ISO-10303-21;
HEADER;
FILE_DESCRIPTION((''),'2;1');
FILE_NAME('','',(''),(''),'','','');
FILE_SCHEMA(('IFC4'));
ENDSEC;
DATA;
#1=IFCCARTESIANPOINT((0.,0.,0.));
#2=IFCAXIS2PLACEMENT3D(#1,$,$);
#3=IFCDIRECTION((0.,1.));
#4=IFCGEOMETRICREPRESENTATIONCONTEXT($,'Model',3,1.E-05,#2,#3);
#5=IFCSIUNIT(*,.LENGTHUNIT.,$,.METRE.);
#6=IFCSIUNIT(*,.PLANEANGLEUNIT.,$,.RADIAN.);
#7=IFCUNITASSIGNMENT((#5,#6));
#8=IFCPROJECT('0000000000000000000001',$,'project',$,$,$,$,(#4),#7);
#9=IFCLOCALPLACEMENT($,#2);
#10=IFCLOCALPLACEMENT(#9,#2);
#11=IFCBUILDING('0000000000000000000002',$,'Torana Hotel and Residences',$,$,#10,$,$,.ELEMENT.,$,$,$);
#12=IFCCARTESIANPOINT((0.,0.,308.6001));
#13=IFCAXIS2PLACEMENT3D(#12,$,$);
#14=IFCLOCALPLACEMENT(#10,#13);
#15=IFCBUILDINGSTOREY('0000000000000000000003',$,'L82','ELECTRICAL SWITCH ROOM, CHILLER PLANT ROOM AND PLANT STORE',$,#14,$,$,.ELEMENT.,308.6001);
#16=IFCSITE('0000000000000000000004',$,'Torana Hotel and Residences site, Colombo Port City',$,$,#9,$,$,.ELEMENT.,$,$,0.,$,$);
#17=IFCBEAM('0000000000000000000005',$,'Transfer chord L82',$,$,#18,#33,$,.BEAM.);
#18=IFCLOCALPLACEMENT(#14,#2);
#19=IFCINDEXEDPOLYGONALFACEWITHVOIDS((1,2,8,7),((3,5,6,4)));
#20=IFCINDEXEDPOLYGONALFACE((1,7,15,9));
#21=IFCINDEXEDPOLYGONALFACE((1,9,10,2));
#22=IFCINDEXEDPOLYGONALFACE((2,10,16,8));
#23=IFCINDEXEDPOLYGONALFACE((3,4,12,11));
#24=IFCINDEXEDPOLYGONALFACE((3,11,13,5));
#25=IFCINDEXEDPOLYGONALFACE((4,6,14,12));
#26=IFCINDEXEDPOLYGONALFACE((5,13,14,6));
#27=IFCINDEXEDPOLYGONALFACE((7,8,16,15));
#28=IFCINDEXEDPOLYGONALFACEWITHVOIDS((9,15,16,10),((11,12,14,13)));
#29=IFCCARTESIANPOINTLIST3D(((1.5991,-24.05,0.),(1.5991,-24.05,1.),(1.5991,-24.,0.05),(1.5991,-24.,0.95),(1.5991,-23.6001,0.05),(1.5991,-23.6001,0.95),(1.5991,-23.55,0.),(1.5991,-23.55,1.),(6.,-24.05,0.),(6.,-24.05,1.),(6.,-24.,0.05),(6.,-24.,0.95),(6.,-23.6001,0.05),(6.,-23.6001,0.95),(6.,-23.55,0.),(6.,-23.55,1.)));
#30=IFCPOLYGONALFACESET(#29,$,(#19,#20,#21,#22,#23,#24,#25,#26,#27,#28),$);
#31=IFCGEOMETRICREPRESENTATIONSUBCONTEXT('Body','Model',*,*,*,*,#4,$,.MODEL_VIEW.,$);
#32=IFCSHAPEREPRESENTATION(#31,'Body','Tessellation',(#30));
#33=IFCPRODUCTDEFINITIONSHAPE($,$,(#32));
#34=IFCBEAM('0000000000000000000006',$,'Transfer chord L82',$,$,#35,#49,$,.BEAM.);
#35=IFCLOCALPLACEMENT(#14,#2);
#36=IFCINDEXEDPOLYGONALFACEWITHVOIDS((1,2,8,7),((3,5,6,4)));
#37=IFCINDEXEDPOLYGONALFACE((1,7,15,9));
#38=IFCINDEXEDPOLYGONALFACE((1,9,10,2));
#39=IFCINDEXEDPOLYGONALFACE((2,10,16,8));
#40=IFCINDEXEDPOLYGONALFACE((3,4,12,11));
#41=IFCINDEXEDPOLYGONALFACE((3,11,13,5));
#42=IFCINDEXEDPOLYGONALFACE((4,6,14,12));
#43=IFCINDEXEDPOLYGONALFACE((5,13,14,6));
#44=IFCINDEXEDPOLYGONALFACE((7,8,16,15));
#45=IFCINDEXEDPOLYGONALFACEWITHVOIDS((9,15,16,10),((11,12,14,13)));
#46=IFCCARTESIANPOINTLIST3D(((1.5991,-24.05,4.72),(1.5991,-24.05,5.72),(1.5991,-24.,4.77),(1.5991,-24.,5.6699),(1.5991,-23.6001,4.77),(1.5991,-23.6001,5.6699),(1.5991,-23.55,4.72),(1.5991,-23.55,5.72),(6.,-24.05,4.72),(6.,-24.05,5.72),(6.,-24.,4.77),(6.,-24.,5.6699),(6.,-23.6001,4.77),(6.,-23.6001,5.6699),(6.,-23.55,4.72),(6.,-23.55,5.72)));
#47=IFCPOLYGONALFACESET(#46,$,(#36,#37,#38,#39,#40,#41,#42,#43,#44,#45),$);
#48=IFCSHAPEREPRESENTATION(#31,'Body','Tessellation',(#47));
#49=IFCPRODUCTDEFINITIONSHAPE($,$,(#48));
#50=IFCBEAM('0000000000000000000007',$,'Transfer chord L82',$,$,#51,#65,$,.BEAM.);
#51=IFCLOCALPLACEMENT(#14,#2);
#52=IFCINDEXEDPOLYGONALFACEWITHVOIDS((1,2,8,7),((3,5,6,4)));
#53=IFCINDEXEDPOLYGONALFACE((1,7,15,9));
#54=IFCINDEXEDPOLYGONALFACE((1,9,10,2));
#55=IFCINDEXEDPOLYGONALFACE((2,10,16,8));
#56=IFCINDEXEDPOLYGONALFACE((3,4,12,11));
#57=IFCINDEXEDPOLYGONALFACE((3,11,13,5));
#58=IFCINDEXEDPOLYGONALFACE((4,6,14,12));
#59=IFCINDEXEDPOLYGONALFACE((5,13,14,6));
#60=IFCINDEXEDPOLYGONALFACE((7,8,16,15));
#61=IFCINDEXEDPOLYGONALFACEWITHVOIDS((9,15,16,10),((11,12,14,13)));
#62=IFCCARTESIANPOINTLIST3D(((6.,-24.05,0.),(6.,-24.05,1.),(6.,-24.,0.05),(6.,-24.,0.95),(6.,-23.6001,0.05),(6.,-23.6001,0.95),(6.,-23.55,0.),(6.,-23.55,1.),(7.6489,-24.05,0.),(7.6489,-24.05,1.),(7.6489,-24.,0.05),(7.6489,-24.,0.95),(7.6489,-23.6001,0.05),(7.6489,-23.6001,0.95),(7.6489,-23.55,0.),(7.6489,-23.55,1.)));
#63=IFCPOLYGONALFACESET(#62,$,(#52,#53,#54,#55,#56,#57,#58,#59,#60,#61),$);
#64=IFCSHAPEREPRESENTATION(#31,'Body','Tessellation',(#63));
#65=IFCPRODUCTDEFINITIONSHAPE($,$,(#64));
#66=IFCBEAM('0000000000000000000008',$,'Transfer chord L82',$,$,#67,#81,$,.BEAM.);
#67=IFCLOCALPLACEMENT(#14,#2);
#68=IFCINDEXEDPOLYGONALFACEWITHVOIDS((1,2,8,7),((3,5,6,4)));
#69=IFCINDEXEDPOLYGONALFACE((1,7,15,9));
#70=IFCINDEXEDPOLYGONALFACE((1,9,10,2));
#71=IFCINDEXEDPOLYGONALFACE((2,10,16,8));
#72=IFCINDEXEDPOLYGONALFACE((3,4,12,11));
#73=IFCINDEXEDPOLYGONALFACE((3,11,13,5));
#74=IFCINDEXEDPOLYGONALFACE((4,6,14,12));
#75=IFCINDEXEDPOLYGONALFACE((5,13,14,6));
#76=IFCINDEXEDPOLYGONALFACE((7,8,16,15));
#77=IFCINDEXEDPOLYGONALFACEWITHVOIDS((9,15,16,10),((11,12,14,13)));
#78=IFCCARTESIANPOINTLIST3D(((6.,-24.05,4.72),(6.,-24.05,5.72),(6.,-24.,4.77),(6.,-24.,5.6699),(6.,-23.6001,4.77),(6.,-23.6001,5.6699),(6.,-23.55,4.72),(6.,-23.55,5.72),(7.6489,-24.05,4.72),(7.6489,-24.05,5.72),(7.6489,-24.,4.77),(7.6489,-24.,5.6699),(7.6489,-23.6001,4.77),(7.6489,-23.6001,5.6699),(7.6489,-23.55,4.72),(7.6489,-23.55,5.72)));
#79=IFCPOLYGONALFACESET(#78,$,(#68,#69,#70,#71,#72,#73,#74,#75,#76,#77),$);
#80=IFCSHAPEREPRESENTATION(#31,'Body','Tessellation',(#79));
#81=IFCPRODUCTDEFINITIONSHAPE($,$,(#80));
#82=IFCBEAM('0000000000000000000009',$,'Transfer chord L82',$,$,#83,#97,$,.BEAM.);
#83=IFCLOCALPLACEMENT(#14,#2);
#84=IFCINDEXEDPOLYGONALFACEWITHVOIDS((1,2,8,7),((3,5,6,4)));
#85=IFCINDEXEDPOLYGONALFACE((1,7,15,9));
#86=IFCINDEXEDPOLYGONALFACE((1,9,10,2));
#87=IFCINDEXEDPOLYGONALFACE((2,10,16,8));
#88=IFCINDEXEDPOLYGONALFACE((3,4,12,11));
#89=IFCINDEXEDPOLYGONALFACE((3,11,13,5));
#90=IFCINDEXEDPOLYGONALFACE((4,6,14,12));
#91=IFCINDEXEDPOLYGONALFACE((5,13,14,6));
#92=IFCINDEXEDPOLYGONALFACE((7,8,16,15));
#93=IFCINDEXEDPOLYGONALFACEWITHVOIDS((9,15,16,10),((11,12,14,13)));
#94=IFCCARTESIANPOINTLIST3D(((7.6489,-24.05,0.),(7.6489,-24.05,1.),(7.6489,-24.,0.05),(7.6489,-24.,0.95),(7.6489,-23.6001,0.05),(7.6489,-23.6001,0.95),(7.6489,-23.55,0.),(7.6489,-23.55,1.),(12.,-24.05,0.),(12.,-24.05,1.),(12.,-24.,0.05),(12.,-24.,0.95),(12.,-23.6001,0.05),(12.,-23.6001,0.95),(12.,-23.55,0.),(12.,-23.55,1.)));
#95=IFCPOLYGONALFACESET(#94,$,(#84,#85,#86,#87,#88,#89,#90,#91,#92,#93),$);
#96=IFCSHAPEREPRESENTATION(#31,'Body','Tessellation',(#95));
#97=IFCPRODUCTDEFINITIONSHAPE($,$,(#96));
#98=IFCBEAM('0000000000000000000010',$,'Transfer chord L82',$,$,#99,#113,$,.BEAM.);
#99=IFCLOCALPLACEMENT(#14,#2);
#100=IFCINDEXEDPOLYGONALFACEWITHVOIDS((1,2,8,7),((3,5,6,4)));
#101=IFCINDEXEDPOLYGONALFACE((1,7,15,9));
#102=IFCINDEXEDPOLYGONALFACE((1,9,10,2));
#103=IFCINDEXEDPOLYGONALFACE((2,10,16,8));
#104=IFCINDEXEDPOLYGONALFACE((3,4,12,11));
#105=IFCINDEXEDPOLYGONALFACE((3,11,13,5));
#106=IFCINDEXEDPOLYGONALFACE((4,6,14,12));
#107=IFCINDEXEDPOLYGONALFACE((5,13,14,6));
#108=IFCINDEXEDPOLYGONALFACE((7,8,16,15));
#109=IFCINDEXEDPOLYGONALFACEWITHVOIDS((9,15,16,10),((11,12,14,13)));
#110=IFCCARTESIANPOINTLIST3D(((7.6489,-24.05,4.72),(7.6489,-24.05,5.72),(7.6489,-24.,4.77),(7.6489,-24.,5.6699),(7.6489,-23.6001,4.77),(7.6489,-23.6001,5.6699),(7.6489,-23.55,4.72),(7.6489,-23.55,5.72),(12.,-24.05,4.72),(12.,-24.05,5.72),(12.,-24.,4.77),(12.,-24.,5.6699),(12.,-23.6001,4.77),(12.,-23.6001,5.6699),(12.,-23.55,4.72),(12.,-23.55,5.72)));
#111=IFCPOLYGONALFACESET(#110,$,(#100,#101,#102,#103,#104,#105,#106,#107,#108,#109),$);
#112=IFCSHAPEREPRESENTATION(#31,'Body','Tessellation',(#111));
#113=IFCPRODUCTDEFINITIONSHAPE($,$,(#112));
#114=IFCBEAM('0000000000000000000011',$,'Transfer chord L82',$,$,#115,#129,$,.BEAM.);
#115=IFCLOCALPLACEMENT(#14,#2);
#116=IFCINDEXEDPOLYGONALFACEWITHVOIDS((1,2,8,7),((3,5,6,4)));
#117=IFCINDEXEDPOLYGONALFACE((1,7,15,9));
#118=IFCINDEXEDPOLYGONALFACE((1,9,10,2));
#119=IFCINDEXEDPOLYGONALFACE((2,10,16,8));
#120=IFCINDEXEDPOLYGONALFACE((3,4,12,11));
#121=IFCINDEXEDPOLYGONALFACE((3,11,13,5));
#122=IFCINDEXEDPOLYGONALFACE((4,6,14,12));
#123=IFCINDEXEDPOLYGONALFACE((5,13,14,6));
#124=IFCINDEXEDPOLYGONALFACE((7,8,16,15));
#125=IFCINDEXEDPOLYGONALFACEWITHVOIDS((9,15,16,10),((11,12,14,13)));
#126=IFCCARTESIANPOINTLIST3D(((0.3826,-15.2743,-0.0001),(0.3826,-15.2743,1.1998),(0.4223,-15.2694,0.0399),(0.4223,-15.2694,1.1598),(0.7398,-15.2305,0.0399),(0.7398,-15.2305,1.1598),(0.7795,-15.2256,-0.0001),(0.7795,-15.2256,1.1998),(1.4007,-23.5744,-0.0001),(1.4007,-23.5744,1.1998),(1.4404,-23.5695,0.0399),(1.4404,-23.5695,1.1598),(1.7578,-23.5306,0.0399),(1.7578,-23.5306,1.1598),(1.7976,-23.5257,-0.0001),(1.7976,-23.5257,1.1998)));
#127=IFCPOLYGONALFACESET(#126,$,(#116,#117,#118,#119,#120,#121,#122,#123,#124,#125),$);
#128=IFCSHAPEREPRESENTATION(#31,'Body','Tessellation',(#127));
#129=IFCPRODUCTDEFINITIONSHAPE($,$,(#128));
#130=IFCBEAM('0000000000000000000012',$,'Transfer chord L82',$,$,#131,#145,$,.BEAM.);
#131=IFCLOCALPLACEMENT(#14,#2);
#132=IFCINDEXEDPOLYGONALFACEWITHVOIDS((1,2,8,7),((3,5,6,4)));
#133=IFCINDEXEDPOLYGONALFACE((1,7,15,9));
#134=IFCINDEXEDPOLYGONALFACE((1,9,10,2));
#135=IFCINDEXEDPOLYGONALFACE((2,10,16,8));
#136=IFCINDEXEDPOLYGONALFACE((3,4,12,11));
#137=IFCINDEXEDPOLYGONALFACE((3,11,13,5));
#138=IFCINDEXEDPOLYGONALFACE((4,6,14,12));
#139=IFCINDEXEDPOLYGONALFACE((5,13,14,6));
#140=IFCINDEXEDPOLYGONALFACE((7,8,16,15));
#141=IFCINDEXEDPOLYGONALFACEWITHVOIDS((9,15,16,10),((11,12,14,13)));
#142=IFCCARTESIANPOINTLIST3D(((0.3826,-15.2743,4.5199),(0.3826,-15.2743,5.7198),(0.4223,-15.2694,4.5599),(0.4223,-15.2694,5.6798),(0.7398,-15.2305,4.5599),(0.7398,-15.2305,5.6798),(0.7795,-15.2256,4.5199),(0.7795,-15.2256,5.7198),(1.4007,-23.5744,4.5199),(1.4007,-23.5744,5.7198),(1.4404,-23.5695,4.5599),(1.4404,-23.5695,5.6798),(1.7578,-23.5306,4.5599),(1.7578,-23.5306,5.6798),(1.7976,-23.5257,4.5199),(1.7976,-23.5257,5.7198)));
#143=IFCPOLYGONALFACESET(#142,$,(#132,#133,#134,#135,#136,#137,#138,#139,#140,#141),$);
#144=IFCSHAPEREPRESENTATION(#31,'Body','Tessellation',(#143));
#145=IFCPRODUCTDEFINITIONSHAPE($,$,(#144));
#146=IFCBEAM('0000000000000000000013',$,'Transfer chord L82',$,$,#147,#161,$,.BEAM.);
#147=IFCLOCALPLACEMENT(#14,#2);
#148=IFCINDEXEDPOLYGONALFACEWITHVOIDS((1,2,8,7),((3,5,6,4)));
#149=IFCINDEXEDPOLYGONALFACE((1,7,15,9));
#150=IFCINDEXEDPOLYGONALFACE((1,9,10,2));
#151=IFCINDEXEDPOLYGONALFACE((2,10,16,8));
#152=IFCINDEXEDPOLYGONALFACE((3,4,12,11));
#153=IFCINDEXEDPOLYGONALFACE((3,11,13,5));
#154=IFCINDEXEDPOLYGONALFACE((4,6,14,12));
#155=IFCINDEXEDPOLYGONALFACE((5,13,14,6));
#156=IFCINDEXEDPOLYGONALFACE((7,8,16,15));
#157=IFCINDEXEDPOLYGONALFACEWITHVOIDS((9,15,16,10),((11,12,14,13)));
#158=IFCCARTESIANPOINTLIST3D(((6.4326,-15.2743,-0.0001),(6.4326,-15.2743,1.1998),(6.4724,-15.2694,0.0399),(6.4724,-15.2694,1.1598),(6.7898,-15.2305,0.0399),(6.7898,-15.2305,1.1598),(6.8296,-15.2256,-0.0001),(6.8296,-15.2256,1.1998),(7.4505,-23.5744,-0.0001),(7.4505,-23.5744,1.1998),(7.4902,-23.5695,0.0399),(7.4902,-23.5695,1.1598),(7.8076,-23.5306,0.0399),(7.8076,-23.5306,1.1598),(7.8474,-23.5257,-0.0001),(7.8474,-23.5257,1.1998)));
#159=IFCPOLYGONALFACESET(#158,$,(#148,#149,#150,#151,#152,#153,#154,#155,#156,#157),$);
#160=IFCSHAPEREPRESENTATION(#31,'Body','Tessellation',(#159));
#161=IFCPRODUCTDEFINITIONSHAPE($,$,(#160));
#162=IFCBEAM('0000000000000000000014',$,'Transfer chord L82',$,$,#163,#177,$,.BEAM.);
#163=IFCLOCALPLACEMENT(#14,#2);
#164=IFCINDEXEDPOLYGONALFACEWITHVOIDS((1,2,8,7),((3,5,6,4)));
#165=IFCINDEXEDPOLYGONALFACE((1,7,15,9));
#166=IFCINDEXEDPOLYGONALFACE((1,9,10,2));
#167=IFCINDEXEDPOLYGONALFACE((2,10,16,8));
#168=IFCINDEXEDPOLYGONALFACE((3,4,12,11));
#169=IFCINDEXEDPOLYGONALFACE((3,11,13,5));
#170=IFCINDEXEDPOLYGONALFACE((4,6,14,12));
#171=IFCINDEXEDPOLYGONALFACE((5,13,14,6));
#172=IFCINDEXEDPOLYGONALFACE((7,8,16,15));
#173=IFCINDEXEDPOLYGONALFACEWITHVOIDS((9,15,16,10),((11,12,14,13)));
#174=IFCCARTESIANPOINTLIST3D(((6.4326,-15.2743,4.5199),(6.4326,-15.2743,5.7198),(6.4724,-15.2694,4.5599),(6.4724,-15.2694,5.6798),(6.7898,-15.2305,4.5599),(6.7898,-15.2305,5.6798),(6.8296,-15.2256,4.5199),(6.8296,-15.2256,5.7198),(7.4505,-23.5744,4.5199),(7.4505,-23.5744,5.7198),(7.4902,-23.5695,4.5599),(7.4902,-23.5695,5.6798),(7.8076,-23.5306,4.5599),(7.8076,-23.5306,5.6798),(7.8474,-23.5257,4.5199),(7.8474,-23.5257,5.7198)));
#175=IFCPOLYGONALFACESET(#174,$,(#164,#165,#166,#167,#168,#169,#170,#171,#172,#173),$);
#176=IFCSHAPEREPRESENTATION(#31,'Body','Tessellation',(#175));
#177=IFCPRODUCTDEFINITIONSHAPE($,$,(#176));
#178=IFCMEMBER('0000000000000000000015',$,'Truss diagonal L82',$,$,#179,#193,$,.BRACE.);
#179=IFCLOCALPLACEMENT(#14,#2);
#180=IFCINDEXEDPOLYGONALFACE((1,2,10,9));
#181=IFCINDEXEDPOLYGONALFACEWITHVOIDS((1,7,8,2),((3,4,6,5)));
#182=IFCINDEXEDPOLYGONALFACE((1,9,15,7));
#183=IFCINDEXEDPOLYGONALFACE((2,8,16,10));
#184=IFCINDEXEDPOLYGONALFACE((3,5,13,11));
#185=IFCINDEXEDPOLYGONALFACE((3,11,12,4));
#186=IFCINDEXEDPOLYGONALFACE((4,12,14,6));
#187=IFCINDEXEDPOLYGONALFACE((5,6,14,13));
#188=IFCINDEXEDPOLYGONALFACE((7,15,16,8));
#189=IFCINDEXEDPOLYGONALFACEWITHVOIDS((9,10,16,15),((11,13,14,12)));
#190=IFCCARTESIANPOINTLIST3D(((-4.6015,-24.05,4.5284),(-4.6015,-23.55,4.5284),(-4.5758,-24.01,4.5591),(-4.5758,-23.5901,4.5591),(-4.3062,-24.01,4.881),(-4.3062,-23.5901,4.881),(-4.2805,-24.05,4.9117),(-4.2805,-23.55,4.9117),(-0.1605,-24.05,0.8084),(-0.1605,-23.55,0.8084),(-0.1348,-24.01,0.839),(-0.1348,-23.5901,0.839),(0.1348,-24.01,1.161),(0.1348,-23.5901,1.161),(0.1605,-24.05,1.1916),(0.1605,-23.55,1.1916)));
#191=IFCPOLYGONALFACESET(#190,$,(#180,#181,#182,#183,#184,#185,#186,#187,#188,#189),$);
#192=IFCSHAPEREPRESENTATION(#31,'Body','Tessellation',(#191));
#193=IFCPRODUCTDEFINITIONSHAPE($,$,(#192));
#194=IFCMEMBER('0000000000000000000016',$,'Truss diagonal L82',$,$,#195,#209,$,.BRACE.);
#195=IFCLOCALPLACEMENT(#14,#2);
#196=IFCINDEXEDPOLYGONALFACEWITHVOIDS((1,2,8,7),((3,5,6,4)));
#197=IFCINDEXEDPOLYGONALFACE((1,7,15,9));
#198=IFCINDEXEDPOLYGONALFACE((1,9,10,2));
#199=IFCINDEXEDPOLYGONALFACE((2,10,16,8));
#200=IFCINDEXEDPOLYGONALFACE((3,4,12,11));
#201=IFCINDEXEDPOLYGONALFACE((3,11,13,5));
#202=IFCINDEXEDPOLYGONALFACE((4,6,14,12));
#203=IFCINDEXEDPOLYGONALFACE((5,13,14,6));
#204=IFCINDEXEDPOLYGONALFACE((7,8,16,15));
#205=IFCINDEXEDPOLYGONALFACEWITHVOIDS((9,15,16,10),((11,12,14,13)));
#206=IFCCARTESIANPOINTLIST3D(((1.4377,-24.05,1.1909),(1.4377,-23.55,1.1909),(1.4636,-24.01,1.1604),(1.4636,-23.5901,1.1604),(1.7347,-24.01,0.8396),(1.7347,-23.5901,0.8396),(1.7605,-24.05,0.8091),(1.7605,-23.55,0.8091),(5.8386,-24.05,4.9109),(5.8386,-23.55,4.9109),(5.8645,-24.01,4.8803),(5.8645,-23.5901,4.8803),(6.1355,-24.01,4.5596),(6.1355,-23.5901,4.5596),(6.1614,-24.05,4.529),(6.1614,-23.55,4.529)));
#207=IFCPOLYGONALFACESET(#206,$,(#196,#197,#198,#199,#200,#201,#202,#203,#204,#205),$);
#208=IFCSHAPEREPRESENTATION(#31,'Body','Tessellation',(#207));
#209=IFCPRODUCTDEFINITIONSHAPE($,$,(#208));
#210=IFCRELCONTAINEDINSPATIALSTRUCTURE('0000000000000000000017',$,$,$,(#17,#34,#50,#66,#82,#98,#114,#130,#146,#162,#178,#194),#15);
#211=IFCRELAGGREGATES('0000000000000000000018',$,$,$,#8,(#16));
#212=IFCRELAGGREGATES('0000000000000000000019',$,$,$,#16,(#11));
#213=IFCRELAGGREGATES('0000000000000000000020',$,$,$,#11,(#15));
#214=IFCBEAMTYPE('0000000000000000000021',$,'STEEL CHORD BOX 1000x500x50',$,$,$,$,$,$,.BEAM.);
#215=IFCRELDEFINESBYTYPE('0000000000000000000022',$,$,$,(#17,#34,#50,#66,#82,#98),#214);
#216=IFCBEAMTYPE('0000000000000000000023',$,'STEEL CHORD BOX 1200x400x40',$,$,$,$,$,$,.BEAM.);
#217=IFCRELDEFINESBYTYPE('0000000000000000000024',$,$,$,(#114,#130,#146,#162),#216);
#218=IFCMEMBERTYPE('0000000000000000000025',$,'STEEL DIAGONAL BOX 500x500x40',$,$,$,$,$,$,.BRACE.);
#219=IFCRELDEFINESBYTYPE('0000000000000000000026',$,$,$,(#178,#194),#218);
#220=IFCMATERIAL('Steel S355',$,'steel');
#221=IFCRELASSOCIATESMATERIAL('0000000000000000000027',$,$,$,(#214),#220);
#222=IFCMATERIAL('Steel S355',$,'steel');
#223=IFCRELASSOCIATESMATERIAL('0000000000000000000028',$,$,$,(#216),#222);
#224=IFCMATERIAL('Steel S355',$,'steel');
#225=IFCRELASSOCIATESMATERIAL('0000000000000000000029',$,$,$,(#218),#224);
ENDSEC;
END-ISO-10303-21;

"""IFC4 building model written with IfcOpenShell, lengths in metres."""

from ifc_helpers import new_model, si_unit, direction, frame, origin, origin_2d, place, context, subcontext, project, spatial, hollow_rectangle, extrude, material, material_profile, profile_set, type_object, element, save


model = new_model("IFC4")

# Units and contexts
model_context = context("Model", 3, precision=1e-05, world=origin(), true_north=direction((0.0, 1.0)))
body_context = subcontext(model_context, "Body", "Model", "MODEL_VIEW")
ifc_project = project(units=[si_unit("LENGTHUNIT", "METRE"), si_unit("PLANEANGLEUNIT", "RADIAN")], contexts=[model_context])

# Site, building, storey
site_placement = place(None, origin())
site = spatial("IfcSite", under=ifc_project, at=site_placement, Name="Torana Hotel and Residences site, Colombo Port City", CompositionType="ELEMENT", RefElevation=0.0)
building_placement = place(site_placement, origin())
building = spatial("IfcBuilding", under=site, at=building_placement, Name="Torana Hotel and Residences", CompositionType="ELEMENT")
storey_placement = place(building_placement, frame((0.0, 0.0, 308.6001)))
storey = spatial("IfcBuildingStorey", under=building, at=storey_placement, Name="L82", Description="ELECTRICAL SWITCH ROOM, CHILLER PLANT ROOM AND PLANT STORE", CompositionType="ELEMENT", Elevation=308.6001)

# Beams
ifc_material_1 = material(Name="Steel S355", Category="steel")
ifc_material_profile_1 = material_profile(ifc_material_1, hollow_rectangle(XDim=0.5, YDim=1.0, WallThickness=0.05, at=origin_2d()), Name="BOX 1000x500x50")
ifc_profile_set_1 = profile_set([ifc_material_profile_1], Name="Steel S355")
beam_type_1 = type_object("IfcBeamType", Name="STEEL CHORD BOX 1000x500x50", PredefinedType="BEAM", material=ifc_profile_set_1)
for number, where, z_axis, x_axis, name in (
    (1, (1.5991, -23.8, 0.5), (1.0, 0.0, 0.0), (0.0, 1.0, 0.0), "Transfer chord L82"),
    (2, (1.5991, -23.8, 5.22), (1.0, 0.0, 0.0), (0.0, 1.0, 0.0), "Transfer chord L82"),
):
    element("IfcBeam", number, at=place(storey_placement, frame(where, z_axis=z_axis, x_axis=x_axis)), inside=storey, type_object=beam_type_1, Name=name, PredefinedType="BEAM", context=body_context, shape_type="SweptSolid", body=[
        extrude(hollow_rectangle(XDim=0.5, YDim=1.0, WallThickness=0.05, at=origin_2d()), origin(), (0.0, 0.0, 1.0), 4.4009),
    ])
for number, where, z_axis, x_axis, name in (
    (3, (6.0, -23.8, 0.5), (1.0, 0.0, 0.0), (0.0, 1.0, 0.0), "Transfer chord L82"),
    (4, (6.0, -23.8, 5.22), (1.0, 0.0, 0.0), (0.0, 1.0, 0.0), "Transfer chord L82"),
):
    element("IfcBeam", number, at=place(storey_placement, frame(where, z_axis=z_axis, x_axis=x_axis)), inside=storey, type_object=beam_type_1, Name=name, PredefinedType="BEAM", context=body_context, shape_type="SweptSolid", body=[
        extrude(hollow_rectangle(XDim=0.5, YDim=1.0, WallThickness=0.05, at=origin_2d()), origin(), (0.0, 0.0, 1.0), 1.6489),
    ])
for number, where, z_axis, x_axis, name in (
    (5, (7.6489, -23.8, 0.5), (1.0, 0.0, 0.0), (0.0, 1.0, 0.0), "Transfer chord L82"),
    (6, (7.6489, -23.8, 5.22), (1.0, 0.0, 0.0), (0.0, 1.0, 0.0), "Transfer chord L82"),
):
    element("IfcBeam", number, at=place(storey_placement, frame(where, z_axis=z_axis, x_axis=x_axis)), inside=storey, type_object=beam_type_1, Name=name, PredefinedType="BEAM", context=body_context, shape_type="SweptSolid", body=[
        extrude(hollow_rectangle(XDim=0.5, YDim=1.0, WallThickness=0.05, at=origin_2d()), origin(), (0.0, 0.0, 1.0), 4.3511),
    ])
ifc_material_2 = material(Name="Steel S355", Category="steel")
ifc_material_profile_2 = material_profile(ifc_material_2, hollow_rectangle(XDim=0.3999, YDim=1.2, WallThickness=0.04, at=origin_2d()), Name="BOX 1200x400x40")
ifc_profile_set_2 = profile_set([ifc_material_profile_2], Name="Steel S355")
beam_type_2 = type_object("IfcBeamType", Name="STEEL CHORD BOX 1200x400x40", PredefinedType="BEAM", material=ifc_profile_set_2)
for number, where, z_axis, x_axis, name in (
    (7, (1.5991, -23.55, 0.5999), (-0.121745, 0.992561, 0.0), (-0.992561, -0.121745, 0.0), "Transfer chord L82"),
    (8, (1.5991, -23.55, 5.1199), (-0.121745, 0.992561, 0.0), (-0.992561, -0.121745, 0.0), "Transfer chord L82"),
    (9, (7.6489, -23.55, 0.5999), (-0.121717, 0.992565, 0.0), (-0.992565, -0.121717, 0.0), "Transfer chord L82"),
    (10, (7.6489, -23.55, 5.1199), (-0.121717, 0.992565, 0.0), (-0.992565, -0.121717, 0.0), "Transfer chord L82"),
):
    element("IfcBeam", number, at=place(storey_placement, frame(where, z_axis=z_axis, x_axis=x_axis)), inside=storey, type_object=beam_type_2, Name=name, PredefinedType="BEAM", context=body_context, shape_type="SweptSolid", body=[
        extrude(hollow_rectangle(XDim=0.3999, YDim=1.2, WallThickness=0.04, at=origin_2d()), origin(), (0.0, 0.0, 1.0), 8.3623),
    ])

# Members
ifc_material_3 = material(Name="Steel S355", Category="steel")
ifc_material_profile_3 = material_profile(ifc_material_3, hollow_rectangle(XDim=0.5, YDim=0.5, WallThickness=0.04, at=origin_2d()), Name="BOX 500x500x40")
ifc_profile_set_3 = profile_set([ifc_material_profile_3], Name="Steel S355")
member_type_1 = type_object("IfcMemberType", Name="STEEL DIAGONAL BOX 500x500x40", PredefinedType="BRACE", material=ifc_profile_set_3)
member_1_placement = place(storey_placement, frame((0.0, -23.8, 1.0), z_axis=(-0.766588, 0.0, 0.642139), x_axis=(0.0, -1.0, 0.0)))
element("IfcMember", 11, at=member_1_placement, inside=storey, type_object=member_type_1, Name="Truss diagonal L82", PredefinedType="BRACE", context=body_context, shape_type="SweptSolid", body=[
    extrude(hollow_rectangle(XDim=0.5, YDim=0.5, WallThickness=0.04, at=origin_2d()), origin(), (0.0, 0.0, 1.0), 5.7932),
])
for number, where, z_axis, x_axis, name in (
    (12, (1.5991, -23.8, 1.0), (0.763716, 0.0, 0.645553), (0.0, 1.0, 0.0), "Truss diagonal L82"),
):
    element("IfcMember", number, at=place(storey_placement, frame(where, z_axis=z_axis, x_axis=x_axis)), inside=storey, type_object=member_type_1, Name=name, PredefinedType="BRACE", context=body_context, shape_type="SweptSolid", body=[
        extrude(hollow_rectangle(XDim=0.5, YDim=0.5, WallThickness=0.04, at=origin_2d()), origin(), (0.0, 0.0, 1.0), 5.7625),
    ])

save(model, "model.ifc")
